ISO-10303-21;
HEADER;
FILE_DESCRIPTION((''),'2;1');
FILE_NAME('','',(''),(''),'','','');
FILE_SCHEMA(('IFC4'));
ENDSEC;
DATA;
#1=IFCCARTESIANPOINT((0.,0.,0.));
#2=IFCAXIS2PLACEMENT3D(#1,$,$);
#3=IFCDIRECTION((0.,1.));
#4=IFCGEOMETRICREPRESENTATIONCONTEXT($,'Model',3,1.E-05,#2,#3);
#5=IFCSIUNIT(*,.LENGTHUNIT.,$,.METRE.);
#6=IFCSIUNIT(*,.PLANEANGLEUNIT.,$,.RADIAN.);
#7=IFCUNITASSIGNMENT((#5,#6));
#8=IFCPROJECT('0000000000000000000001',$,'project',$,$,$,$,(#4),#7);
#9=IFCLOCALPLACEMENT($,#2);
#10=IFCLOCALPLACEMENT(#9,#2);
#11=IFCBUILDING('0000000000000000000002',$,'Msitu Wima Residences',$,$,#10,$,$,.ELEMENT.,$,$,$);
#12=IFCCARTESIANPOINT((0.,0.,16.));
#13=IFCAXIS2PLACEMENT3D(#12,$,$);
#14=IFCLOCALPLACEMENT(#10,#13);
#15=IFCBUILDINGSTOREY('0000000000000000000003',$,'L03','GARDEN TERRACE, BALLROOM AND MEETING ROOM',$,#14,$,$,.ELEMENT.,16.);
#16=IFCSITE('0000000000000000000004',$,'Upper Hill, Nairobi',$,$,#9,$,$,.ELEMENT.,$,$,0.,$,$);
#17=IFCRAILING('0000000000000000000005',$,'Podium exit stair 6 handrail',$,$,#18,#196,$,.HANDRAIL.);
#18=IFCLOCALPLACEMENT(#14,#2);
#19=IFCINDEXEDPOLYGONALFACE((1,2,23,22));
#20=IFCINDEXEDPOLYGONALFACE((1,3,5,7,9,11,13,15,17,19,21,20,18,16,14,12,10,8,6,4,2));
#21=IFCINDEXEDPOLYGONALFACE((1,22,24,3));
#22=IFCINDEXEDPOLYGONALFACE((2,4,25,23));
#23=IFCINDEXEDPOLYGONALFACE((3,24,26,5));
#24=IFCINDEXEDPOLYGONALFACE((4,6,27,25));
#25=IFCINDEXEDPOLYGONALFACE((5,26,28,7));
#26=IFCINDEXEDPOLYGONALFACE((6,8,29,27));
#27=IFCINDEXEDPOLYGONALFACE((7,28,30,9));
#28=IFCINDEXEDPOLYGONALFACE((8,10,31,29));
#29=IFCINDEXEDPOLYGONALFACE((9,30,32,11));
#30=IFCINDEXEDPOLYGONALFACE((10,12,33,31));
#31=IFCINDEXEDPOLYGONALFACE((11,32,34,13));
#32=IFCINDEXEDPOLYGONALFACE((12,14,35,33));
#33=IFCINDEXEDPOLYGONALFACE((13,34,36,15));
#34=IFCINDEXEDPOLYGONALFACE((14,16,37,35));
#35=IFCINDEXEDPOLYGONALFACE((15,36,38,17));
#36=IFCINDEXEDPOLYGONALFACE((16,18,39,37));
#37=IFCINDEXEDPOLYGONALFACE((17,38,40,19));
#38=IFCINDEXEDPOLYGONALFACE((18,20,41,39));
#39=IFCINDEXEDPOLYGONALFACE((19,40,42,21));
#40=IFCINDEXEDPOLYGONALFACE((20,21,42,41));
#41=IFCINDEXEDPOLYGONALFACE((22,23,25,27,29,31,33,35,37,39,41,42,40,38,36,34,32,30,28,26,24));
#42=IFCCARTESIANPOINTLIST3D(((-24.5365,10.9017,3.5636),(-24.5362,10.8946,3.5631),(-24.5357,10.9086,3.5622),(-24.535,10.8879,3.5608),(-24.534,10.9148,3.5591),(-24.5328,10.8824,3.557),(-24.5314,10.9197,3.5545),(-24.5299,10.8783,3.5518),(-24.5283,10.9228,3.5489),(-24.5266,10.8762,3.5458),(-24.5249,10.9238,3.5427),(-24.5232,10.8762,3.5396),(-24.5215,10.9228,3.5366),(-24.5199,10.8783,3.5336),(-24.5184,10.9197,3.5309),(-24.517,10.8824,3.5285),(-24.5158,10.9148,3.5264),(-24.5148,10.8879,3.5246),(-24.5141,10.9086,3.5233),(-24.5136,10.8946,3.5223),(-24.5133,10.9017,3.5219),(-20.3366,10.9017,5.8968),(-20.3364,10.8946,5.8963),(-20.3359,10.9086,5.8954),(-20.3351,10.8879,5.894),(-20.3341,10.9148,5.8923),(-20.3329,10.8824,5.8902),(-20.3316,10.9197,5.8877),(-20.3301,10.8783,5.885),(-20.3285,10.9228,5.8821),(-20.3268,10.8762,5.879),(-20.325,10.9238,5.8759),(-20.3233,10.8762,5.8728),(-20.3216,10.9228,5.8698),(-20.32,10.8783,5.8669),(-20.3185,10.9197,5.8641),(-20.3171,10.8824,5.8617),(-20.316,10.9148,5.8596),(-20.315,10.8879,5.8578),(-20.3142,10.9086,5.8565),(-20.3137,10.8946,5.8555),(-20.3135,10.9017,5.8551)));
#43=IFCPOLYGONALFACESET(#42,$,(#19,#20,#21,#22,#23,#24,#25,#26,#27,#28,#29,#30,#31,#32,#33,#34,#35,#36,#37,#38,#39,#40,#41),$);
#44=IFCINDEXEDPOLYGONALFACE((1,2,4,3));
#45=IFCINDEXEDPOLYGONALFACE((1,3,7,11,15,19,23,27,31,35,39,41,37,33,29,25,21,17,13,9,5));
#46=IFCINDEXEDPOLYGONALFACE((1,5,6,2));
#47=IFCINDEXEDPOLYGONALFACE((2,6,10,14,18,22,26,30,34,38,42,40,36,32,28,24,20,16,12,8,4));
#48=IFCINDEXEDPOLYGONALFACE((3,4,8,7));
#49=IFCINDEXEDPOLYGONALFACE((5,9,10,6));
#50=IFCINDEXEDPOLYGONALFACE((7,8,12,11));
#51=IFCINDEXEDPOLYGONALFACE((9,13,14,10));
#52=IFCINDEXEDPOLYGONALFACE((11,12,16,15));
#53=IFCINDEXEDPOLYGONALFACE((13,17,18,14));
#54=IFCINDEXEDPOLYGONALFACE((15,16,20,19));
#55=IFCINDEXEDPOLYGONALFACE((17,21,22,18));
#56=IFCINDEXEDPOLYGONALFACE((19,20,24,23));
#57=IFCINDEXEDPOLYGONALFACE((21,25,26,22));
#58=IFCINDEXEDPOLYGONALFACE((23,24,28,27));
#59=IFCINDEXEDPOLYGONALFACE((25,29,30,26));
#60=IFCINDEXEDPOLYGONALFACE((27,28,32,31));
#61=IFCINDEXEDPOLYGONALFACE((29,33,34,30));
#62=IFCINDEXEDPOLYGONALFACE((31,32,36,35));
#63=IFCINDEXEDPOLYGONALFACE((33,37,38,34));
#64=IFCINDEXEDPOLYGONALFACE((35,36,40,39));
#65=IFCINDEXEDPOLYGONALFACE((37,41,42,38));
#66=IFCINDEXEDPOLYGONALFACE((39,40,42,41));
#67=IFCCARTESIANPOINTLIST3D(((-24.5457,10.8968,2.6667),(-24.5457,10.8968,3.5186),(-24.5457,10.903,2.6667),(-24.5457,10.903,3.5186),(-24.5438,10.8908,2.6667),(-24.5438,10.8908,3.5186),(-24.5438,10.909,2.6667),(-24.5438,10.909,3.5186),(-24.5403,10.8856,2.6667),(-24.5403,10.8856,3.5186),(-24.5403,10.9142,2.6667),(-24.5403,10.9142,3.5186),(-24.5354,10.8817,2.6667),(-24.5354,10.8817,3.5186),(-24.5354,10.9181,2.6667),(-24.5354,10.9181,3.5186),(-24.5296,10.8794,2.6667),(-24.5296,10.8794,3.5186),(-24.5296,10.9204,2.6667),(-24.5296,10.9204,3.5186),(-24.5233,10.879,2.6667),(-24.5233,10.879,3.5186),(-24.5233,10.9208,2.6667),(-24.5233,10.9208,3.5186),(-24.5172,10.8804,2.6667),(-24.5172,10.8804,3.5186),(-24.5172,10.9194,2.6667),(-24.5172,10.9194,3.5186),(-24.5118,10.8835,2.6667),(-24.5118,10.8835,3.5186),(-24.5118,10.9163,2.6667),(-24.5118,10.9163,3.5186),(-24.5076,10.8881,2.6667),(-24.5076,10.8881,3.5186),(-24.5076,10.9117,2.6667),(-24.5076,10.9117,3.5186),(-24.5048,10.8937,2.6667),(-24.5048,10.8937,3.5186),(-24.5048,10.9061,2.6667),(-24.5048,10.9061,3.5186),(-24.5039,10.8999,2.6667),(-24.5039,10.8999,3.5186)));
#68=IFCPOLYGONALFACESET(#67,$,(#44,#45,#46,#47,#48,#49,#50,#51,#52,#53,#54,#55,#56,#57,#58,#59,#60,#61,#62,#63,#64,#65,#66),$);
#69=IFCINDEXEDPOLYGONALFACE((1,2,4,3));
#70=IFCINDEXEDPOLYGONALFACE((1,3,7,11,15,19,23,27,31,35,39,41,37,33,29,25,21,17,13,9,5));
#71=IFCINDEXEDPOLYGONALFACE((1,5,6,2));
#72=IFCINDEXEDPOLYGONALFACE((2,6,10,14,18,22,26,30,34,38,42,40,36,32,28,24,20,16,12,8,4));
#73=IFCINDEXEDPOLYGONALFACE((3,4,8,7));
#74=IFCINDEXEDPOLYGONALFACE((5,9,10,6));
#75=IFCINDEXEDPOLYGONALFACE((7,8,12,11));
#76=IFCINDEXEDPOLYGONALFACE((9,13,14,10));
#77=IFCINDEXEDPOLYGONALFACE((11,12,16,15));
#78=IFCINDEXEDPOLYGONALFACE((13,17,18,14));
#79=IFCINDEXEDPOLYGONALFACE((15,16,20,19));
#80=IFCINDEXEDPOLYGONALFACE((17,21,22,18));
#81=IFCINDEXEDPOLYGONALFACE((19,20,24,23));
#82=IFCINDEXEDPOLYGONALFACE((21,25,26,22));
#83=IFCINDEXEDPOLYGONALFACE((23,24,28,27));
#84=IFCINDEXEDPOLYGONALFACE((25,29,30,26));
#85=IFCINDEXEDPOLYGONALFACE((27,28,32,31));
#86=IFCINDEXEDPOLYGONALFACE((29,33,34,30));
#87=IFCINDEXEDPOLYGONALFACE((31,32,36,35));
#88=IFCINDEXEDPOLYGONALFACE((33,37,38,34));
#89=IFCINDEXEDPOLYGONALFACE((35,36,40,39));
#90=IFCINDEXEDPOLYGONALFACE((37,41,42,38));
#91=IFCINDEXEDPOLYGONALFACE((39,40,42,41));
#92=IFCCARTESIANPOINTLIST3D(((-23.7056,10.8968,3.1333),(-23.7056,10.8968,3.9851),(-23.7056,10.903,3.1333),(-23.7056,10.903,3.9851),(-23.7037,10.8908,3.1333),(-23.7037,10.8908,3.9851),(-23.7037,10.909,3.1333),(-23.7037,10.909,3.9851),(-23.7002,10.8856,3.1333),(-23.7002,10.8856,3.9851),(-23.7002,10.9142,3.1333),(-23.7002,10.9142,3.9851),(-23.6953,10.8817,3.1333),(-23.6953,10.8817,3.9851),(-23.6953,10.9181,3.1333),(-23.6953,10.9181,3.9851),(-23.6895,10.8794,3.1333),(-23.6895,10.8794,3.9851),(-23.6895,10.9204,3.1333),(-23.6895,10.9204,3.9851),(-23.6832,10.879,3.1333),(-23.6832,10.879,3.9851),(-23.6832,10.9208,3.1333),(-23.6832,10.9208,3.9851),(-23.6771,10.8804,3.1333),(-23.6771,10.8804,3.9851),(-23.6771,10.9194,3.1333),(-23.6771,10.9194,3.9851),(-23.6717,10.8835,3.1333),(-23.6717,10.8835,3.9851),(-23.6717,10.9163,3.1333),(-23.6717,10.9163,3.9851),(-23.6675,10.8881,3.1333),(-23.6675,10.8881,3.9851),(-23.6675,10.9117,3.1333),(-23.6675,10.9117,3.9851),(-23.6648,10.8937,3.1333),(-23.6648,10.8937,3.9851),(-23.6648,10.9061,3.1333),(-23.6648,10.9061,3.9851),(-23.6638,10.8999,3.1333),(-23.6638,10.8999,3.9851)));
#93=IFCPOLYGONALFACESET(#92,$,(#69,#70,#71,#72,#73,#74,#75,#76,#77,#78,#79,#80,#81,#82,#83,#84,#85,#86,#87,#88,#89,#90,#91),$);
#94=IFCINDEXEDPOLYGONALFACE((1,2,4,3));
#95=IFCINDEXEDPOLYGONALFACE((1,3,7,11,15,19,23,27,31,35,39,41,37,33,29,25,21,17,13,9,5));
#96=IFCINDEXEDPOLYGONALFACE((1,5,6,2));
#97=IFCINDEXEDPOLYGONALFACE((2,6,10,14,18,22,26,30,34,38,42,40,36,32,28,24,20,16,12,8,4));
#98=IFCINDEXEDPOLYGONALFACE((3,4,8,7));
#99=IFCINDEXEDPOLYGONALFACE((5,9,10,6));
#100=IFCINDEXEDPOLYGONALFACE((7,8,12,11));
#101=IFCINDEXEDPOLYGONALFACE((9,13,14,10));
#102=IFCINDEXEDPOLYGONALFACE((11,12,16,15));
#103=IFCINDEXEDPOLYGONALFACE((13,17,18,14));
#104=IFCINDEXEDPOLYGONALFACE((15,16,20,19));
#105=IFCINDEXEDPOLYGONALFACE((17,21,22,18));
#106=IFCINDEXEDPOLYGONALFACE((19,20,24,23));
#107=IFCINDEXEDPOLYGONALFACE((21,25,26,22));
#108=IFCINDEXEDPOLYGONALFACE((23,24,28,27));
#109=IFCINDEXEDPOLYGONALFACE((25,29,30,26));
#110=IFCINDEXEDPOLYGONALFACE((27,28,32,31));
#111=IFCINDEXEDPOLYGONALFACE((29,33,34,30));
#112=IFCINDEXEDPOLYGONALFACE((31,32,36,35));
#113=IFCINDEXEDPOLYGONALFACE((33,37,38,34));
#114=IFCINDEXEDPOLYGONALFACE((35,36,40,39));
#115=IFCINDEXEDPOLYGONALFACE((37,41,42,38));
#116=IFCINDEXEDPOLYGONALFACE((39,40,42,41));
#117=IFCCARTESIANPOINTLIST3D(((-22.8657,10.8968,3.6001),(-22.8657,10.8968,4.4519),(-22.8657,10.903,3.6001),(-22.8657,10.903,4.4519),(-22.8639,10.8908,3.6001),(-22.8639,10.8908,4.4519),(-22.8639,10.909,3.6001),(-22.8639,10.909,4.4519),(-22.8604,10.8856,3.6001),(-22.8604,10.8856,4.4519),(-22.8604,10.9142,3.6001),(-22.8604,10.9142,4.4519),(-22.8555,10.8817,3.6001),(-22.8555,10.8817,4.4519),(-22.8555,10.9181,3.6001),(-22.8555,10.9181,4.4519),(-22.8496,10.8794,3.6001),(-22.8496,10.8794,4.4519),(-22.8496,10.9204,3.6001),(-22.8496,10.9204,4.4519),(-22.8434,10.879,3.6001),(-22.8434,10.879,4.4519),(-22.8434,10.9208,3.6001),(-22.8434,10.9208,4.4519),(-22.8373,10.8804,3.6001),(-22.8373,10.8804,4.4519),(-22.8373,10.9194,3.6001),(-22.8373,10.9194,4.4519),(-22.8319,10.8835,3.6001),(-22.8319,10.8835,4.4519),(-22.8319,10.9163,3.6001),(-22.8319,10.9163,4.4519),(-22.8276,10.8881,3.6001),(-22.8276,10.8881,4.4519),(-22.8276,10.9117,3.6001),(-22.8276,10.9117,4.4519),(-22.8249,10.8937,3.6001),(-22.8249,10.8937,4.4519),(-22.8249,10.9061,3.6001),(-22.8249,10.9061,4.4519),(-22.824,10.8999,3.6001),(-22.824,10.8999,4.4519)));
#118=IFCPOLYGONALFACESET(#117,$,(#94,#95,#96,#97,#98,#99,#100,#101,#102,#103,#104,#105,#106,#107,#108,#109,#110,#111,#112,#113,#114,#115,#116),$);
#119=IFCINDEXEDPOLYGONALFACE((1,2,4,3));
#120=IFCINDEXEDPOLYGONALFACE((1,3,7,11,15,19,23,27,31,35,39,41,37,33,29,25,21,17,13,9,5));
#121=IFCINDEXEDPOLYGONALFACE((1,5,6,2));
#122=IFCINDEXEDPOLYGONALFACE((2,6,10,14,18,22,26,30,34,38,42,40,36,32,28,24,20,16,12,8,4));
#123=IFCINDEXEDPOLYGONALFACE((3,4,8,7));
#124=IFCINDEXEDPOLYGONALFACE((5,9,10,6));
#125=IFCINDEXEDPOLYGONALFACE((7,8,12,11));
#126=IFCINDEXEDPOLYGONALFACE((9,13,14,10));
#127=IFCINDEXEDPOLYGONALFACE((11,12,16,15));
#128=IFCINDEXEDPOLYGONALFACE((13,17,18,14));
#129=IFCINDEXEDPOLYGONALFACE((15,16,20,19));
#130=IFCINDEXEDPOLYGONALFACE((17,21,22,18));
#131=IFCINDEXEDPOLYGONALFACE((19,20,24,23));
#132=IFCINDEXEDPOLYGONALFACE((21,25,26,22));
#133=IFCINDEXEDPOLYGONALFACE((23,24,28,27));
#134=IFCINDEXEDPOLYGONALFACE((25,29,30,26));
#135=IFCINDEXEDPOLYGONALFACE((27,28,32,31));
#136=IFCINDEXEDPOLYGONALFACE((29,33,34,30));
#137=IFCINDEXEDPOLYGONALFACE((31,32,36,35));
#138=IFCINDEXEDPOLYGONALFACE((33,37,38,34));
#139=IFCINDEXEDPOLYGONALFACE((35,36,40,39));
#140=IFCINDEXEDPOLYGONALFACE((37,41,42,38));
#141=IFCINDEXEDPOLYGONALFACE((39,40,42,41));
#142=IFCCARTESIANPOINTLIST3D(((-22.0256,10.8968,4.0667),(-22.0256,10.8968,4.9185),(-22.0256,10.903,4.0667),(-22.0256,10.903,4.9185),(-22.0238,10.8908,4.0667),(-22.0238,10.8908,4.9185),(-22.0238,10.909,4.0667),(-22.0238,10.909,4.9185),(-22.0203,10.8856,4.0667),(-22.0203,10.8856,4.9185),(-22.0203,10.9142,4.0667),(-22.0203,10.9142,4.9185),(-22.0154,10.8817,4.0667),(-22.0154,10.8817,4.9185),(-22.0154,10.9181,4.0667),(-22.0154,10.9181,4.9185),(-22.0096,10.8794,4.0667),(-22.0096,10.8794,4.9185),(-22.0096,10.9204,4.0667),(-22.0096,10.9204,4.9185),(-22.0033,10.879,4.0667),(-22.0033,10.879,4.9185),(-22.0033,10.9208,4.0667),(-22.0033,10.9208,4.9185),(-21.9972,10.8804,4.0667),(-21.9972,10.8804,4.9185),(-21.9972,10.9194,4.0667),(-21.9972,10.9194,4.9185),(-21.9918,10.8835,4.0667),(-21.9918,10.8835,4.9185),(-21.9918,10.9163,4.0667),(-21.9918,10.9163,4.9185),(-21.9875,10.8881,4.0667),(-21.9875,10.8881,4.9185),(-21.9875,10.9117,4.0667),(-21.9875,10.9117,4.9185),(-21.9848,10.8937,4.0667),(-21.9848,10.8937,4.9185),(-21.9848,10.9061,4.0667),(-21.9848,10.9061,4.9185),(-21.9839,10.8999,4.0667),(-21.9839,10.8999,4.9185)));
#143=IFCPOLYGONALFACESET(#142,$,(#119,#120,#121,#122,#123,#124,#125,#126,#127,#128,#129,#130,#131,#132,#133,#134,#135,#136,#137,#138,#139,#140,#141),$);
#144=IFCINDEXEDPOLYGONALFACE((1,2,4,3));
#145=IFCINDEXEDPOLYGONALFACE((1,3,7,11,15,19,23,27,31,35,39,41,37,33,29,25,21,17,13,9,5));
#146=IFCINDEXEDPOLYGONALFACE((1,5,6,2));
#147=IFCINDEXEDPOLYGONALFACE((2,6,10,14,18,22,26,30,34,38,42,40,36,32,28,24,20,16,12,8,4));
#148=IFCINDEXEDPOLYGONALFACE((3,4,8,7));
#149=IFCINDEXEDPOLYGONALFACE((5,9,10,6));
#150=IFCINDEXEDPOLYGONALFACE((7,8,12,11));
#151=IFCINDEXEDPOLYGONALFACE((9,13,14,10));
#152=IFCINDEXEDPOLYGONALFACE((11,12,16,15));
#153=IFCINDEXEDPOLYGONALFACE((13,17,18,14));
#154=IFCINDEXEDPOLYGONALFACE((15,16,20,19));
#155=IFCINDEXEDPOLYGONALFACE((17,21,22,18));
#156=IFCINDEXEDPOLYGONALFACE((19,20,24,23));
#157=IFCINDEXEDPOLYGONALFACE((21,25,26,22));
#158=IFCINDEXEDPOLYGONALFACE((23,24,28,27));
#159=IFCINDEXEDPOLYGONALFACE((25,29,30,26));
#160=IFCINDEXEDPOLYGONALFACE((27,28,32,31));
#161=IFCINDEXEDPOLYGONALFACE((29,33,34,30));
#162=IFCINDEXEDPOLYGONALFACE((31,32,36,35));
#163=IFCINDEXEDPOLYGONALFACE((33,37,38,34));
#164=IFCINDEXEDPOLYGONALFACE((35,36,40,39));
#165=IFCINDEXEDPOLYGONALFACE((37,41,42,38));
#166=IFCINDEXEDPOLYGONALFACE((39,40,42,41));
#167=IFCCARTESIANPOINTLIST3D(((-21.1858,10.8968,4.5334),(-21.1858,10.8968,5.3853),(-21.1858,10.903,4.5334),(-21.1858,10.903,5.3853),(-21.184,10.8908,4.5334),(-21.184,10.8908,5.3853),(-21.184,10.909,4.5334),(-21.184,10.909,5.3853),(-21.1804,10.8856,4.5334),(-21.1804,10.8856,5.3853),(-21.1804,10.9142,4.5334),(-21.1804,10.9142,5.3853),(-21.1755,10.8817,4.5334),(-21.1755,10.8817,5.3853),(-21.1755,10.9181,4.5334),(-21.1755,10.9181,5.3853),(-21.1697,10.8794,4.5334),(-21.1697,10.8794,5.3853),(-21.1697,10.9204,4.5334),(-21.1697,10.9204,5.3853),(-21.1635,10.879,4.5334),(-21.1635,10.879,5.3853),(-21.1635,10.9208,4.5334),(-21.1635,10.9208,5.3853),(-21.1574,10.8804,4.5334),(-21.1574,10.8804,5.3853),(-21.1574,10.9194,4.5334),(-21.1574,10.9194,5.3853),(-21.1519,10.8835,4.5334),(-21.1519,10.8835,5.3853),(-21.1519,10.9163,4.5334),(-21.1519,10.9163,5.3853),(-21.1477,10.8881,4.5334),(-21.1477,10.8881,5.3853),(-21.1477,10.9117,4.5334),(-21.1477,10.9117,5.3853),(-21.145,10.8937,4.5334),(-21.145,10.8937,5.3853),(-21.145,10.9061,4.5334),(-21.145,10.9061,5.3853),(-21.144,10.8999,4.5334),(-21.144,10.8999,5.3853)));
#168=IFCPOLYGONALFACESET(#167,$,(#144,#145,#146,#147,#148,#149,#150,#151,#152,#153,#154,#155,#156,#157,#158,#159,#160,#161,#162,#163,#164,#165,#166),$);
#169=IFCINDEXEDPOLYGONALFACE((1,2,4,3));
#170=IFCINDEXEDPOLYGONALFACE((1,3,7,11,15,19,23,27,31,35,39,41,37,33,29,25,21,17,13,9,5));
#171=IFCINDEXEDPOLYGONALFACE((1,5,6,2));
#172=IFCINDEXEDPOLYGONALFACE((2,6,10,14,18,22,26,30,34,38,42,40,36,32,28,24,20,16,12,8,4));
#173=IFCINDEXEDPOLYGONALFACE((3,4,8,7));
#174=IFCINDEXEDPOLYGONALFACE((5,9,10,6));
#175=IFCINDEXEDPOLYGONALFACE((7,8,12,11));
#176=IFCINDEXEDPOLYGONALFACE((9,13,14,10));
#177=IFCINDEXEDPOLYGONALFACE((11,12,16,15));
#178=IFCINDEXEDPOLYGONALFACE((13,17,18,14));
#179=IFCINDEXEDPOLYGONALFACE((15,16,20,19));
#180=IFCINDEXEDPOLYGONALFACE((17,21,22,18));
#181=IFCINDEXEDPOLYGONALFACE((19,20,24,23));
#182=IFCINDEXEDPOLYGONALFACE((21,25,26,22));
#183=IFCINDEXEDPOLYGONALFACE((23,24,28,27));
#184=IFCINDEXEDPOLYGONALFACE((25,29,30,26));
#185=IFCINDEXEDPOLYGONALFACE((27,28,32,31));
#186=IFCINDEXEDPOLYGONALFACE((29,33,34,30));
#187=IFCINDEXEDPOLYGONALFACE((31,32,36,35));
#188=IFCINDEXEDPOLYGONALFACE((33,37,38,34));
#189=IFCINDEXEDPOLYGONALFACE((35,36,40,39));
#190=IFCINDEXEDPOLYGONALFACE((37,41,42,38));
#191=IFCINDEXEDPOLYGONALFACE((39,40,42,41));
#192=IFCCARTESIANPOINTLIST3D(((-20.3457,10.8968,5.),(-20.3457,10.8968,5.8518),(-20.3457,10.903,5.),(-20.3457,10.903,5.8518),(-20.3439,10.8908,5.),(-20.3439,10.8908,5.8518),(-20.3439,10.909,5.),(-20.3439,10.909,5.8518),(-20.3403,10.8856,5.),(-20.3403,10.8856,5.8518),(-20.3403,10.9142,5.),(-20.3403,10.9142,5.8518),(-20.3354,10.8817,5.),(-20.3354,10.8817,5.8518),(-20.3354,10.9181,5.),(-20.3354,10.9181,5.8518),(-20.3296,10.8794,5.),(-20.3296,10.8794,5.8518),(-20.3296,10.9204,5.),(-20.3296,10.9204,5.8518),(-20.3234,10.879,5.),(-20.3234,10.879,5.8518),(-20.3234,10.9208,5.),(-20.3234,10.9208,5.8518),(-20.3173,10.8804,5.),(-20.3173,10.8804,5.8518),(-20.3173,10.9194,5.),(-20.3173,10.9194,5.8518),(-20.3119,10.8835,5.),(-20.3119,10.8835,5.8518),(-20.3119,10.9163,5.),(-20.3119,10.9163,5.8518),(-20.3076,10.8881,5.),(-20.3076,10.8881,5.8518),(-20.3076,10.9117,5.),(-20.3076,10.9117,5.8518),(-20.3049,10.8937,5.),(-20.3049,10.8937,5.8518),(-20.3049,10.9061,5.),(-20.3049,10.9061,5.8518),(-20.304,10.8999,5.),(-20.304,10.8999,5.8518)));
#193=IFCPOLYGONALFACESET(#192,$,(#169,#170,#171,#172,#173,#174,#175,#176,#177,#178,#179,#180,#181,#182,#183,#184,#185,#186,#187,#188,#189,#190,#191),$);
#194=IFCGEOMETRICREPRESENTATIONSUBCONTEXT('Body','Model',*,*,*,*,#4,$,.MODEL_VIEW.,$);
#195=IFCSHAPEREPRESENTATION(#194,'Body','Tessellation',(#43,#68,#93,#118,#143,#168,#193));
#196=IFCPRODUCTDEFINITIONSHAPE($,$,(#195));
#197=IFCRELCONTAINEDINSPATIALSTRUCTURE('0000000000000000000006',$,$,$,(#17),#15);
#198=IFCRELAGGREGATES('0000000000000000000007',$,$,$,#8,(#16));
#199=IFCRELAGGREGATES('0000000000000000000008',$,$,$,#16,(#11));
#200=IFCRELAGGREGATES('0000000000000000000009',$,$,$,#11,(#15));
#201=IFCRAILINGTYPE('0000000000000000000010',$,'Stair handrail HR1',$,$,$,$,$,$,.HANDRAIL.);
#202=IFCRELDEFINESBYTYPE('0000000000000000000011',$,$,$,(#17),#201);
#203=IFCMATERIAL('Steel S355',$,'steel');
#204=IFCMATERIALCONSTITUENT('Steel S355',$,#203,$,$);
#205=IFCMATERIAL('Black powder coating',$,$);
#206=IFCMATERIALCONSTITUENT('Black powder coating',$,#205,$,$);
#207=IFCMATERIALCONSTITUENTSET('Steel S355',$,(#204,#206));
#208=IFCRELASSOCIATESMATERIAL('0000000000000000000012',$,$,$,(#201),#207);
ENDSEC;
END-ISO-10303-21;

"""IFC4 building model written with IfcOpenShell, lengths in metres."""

from ifc_helpers import new_model, si_unit, direction, frame, origin, origin_2d, place, context, subcontext, project, spatial, circle, extrude, material, constituent, constituent_set, type_object, element, save


model = new_model("IFC4")

# Units and contexts
model_context = context("Model", 3, precision=1e-05, world=origin(), true_north=direction((0.0, 1.0)))
body_context = subcontext(model_context, "Body", "Model", "MODEL_VIEW")
ifc_project = project(units=[si_unit("LENGTHUNIT", "METRE"), si_unit("PLANEANGLEUNIT", "RADIAN")], contexts=[model_context])

# Site, building, storey
site_placement = place(None, origin())
site = spatial("IfcSite", under=ifc_project, at=site_placement, Name="Upper Hill, Nairobi", CompositionType="ELEMENT", RefElevation=0.0)
building_placement = place(site_placement, origin())
building = spatial("IfcBuilding", under=site, at=building_placement, Name="Msitu Wima Residences", CompositionType="ELEMENT")
storey_placement = place(building_placement, frame((0.0, 0.0, 16.0)))
storey = spatial("IfcBuildingStorey", under=building, at=storey_placement, Name="L03", Description="GARDEN TERRACE, BALLROOM AND MEETING ROOM", CompositionType="ELEMENT", Elevation=16.0)

# Railing
ifc_material_1 = material(Name="Steel S355", Category="steel")
ifc_constituent_1 = constituent(ifc_material_1, Name="Steel S355")
ifc_material_2 = material(Name="Black powder coating")
ifc_constituent_2 = constituent(ifc_material_2, Name="Black powder coating")
ifc_constituent_set = constituent_set(constituents=[ifc_constituent_1, ifc_constituent_2], Name="Steel S355")
railing_type = type_object("IfcRailingType", Name="Stair handrail HR1", PredefinedType="HANDRAIL", material=ifc_constituent_set)
for number, where, name in (
    (1, (-24.5249, 10.8999, 2.6667), "Podium exit stair 6 handrail"),
):
    element("IfcRailing", number, at=place(storey_placement, frame(where)), inside=storey, type_object=railing_type, Name=name, PredefinedType="HANDRAIL", context=body_context, shape_type="SweptSolid", body=[
        extrude(circle(Radius=0.0239, at=origin_2d()), frame((0.0, 0.0, 0.876), z_axis=(0.874162, 0.0, 0.485634), x_axis=(0.0, 1.0, 0.0)), (0.0, 0.0, 1.0), 4.8044),
        extrude(circle(Radius=0.021, at=origin_2d()), origin(), (0.0, 0.0, 1.0), 0.8518),
        extrude(circle(Radius=0.021, at=origin_2d()), frame((0.8401, 0.0, 0.4666)), (0.0, 0.0, 1.0), 0.8518),
        extrude(circle(Radius=0.021, at=origin_2d()), frame((1.6799, 0.0, 0.9333)), (0.0, 0.0, 1.0), 0.8518),
        extrude(circle(Radius=0.021, at=origin_2d()), frame((2.52, 0.0, 1.3999)), (0.0, 0.0, 1.0), 0.8518),
        extrude(circle(Radius=0.021, at=origin_2d()), frame((3.3599, 0.0, 1.8667)), (0.0, 0.0, 1.0), 0.8518),
        extrude(circle(Radius=0.021, at=origin_2d()), frame((4.2, 0.0, 2.3333)), (0.0, 0.0, 1.0), 0.8518),
    ])

save(model, "model.ifc")
